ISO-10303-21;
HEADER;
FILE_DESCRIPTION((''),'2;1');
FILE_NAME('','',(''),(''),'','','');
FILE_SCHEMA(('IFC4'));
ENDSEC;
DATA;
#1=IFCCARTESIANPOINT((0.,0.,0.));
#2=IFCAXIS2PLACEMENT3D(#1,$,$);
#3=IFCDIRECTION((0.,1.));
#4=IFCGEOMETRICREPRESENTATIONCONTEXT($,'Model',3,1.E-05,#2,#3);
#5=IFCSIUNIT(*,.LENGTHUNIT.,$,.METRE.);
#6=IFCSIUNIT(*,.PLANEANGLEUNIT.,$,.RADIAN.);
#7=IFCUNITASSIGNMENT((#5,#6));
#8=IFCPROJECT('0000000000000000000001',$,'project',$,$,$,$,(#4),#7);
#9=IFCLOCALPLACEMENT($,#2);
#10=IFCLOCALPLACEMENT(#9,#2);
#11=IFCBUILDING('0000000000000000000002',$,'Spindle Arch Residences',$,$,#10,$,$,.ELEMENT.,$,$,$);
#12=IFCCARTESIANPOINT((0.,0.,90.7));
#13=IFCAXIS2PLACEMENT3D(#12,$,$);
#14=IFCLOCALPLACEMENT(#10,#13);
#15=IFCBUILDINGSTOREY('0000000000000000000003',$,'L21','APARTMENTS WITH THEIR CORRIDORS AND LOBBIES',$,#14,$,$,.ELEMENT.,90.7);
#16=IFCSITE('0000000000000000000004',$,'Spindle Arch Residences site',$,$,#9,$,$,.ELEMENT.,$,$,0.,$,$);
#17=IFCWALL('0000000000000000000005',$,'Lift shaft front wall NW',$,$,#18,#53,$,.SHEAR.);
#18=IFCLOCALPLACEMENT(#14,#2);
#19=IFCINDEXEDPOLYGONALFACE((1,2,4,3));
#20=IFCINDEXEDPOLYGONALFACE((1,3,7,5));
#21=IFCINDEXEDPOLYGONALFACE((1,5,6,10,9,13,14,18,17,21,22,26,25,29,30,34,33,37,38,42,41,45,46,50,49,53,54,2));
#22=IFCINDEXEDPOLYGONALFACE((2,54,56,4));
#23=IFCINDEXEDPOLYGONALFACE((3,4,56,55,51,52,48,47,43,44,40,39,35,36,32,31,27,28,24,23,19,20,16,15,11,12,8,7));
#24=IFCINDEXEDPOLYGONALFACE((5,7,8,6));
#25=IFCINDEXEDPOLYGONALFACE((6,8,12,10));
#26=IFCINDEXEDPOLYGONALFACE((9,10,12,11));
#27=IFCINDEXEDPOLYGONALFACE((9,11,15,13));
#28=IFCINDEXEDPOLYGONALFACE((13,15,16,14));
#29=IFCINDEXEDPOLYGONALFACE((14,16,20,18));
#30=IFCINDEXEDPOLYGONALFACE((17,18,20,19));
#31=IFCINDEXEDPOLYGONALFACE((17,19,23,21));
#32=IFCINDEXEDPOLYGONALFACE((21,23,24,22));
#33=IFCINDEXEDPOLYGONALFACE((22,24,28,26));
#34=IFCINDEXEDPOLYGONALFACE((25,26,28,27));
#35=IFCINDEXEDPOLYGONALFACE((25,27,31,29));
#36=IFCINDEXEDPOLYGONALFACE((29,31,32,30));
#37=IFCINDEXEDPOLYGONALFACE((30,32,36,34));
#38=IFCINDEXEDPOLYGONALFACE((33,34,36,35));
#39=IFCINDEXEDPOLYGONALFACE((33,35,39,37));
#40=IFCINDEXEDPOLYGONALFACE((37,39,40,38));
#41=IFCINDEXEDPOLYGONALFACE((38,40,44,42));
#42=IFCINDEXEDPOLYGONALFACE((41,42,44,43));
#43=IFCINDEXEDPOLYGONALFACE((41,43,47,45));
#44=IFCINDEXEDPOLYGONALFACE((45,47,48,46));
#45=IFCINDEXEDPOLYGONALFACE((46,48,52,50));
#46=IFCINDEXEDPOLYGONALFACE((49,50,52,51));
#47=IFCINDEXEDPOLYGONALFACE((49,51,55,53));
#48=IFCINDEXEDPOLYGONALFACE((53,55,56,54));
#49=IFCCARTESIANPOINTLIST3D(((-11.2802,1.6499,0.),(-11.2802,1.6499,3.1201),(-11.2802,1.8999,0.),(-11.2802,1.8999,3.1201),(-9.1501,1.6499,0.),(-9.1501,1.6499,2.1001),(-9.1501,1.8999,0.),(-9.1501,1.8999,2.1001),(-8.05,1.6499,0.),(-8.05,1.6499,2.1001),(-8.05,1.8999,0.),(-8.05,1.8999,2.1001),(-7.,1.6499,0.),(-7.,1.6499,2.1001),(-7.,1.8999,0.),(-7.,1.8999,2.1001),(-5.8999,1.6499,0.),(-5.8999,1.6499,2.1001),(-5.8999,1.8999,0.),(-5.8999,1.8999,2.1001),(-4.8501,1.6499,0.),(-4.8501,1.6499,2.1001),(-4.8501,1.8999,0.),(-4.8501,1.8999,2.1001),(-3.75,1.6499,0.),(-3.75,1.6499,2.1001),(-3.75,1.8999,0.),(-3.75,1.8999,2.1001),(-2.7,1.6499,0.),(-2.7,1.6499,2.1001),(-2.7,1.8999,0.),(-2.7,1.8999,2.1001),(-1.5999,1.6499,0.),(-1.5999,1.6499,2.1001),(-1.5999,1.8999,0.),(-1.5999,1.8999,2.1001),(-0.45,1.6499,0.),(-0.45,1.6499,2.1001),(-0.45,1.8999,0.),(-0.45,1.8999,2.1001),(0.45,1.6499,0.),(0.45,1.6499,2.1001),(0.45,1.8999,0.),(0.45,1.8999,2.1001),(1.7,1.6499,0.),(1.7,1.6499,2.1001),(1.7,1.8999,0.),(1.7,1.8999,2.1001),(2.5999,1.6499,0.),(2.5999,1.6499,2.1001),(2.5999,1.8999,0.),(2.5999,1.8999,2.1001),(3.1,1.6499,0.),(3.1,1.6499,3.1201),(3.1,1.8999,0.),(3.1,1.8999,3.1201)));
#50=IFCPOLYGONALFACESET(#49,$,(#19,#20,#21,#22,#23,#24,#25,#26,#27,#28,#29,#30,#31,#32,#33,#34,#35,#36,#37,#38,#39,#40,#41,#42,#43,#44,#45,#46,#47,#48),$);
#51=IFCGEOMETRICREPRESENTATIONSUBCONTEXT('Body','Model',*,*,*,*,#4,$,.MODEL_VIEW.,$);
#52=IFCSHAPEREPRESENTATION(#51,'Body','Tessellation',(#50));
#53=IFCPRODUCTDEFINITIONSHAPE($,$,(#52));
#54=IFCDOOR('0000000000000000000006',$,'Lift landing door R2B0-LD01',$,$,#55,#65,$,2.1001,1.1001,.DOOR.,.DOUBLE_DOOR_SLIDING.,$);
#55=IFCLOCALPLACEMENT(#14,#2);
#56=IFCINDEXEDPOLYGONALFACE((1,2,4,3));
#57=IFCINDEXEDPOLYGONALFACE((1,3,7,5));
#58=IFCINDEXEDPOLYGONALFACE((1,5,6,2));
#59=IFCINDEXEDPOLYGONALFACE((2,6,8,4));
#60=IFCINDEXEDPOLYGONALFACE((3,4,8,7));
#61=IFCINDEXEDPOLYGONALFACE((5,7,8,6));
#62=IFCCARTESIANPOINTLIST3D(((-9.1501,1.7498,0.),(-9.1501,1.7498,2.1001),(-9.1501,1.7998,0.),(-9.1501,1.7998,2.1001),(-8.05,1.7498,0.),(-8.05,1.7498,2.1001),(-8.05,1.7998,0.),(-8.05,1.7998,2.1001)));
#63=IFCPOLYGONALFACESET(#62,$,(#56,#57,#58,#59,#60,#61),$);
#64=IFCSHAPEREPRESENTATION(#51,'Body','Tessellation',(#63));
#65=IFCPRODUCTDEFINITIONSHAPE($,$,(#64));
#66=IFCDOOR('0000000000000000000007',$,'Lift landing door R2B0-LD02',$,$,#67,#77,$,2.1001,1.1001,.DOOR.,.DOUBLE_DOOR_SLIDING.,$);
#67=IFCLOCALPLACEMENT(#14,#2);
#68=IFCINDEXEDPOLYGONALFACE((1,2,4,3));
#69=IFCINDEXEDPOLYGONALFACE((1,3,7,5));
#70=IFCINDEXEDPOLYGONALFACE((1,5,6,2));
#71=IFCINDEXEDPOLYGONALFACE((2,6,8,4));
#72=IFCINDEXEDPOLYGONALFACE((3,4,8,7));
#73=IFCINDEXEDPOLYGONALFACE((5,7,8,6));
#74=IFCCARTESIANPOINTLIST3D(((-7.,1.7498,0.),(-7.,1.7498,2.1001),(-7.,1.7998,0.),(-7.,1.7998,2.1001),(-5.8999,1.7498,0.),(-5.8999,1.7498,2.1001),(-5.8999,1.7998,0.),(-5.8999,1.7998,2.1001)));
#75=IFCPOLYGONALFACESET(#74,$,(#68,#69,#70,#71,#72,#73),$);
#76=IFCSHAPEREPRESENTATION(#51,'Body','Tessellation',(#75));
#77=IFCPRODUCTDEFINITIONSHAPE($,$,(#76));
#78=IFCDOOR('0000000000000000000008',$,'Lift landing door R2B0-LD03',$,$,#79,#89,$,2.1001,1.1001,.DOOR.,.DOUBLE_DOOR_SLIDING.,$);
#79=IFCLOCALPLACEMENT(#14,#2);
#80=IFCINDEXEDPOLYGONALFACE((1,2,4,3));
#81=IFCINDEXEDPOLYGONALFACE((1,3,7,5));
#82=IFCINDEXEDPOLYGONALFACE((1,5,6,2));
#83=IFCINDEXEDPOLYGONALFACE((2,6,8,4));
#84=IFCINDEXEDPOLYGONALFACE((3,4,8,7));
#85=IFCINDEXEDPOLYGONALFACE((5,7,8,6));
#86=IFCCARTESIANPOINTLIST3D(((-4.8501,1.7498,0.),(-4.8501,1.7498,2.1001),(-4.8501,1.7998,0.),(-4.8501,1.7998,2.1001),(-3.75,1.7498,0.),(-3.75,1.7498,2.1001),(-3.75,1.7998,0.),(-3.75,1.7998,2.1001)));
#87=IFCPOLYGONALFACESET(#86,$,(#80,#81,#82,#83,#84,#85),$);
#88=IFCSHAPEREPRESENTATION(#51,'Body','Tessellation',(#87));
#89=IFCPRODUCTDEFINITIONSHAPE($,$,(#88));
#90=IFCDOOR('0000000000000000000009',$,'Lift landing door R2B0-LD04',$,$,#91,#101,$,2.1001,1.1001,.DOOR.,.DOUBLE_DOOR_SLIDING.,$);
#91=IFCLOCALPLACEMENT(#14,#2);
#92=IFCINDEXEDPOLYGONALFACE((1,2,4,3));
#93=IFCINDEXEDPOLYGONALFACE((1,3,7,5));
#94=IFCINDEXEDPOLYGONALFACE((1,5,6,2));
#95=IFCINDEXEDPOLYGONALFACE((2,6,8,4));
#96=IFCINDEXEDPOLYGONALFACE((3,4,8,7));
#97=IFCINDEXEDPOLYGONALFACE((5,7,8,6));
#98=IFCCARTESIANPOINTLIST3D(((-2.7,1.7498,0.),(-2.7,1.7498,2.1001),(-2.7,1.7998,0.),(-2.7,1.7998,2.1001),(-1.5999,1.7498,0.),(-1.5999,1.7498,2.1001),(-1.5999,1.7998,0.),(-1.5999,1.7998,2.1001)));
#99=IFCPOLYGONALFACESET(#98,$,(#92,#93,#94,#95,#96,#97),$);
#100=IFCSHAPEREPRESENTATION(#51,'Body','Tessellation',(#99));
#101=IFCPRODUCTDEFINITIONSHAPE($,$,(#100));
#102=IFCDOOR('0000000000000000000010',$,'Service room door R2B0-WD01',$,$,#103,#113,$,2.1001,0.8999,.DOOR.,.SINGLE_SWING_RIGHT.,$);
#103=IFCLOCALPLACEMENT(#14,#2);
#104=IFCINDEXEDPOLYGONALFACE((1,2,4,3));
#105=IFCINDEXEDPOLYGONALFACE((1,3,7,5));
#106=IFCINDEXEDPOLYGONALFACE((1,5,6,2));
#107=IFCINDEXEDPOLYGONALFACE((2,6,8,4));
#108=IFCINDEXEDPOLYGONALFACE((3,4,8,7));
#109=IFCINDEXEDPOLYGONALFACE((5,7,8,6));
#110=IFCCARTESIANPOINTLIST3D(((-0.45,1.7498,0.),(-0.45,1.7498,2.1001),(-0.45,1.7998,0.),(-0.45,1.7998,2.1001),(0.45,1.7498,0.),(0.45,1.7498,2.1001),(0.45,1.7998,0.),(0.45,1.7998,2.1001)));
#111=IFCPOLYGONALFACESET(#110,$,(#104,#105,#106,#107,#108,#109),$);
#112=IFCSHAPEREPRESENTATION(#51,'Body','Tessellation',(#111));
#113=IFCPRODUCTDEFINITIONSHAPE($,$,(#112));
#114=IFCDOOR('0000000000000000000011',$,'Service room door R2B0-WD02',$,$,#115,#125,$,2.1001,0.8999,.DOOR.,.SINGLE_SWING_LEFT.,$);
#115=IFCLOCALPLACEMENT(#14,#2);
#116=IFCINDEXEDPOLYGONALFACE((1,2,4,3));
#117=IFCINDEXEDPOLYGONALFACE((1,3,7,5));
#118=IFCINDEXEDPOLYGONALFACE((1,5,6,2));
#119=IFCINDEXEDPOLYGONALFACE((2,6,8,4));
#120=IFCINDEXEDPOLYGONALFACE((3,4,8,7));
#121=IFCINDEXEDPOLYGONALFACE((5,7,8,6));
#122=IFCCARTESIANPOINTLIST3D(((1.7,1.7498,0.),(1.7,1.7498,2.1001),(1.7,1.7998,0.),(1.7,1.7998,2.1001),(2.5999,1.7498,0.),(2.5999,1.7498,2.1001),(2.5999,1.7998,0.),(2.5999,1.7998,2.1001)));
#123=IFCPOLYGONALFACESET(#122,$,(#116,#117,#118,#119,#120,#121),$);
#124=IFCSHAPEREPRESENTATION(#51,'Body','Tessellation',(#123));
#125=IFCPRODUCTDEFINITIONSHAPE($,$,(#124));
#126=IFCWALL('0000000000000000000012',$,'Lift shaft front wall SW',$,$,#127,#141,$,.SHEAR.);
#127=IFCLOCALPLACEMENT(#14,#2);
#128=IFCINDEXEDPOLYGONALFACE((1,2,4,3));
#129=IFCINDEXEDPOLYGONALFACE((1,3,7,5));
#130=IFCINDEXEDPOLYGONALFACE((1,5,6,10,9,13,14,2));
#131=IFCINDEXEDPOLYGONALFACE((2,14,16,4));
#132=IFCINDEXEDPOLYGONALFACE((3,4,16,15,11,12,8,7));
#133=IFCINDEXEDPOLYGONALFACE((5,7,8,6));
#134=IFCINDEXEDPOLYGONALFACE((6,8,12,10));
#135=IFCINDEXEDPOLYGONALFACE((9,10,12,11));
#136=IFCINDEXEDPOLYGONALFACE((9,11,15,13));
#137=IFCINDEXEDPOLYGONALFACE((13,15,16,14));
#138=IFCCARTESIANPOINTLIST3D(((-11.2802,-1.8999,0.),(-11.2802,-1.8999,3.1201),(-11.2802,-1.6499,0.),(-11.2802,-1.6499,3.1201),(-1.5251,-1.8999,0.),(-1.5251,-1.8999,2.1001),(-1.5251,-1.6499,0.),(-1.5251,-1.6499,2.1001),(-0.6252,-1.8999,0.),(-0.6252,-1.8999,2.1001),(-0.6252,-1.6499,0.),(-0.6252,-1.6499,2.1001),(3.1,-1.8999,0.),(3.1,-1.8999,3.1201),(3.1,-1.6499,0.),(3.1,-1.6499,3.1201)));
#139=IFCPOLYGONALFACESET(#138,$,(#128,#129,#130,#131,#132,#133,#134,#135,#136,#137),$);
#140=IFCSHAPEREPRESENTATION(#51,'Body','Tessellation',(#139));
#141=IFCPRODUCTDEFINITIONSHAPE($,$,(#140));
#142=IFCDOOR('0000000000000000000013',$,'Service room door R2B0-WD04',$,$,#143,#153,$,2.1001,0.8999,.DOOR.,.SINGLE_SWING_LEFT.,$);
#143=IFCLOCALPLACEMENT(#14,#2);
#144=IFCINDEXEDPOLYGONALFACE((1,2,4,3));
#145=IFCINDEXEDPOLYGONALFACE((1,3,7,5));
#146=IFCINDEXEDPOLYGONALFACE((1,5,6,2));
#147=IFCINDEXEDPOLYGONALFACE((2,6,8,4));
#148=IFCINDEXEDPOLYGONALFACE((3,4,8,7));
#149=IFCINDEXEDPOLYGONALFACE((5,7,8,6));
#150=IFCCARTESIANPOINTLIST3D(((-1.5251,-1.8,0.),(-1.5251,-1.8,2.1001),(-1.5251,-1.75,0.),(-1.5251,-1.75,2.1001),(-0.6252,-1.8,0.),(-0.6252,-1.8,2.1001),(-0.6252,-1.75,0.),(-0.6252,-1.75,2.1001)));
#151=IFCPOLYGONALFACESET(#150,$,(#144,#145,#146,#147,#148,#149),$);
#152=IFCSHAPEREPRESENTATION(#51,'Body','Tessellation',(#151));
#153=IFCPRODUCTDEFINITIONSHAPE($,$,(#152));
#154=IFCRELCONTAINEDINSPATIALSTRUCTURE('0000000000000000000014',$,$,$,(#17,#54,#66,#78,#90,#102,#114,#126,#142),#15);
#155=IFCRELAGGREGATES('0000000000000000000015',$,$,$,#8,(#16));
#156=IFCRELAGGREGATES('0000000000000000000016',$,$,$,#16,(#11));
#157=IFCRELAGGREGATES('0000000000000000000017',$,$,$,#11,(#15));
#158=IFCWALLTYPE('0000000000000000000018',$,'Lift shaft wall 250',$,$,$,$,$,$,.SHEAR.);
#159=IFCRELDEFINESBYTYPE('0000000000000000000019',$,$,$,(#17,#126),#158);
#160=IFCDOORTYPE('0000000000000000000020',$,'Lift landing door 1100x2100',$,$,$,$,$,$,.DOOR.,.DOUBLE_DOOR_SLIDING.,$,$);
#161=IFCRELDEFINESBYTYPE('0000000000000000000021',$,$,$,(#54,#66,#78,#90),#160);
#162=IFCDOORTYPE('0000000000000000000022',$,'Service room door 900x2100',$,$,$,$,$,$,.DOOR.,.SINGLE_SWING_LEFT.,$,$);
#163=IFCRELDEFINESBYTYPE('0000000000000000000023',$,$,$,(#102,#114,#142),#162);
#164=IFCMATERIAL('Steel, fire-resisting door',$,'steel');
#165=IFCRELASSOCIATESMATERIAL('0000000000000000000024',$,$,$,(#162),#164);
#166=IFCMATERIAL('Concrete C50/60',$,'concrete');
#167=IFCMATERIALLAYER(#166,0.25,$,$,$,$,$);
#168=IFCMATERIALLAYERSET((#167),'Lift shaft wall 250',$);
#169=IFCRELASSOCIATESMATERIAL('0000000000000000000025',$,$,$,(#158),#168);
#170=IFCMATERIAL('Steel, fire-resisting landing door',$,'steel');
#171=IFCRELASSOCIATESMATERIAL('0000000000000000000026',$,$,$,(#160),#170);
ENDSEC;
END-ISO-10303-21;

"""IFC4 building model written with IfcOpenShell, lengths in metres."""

from ifc_helpers import new_model, si_unit, direction, frame, frame_2d, origin, place, context, subcontext, project, spatial, rectangle, extrude, material, layer, layer_set, type_object, element, fill, save


model = new_model("IFC4")

# Units and contexts
model_context = context("Model", 3, precision=1e-05, world=origin(), true_north=direction((0.0, 1.0)))
body_context = subcontext(model_context, "Body", "Model", "MODEL_VIEW")
ifc_project = project(units=[si_unit("LENGTHUNIT", "METRE"), si_unit("PLANEANGLEUNIT", "RADIAN")], contexts=[model_context])

# Site, building, storey
site_placement = place(None, origin())
site = spatial("IfcSite", under=ifc_project, at=site_placement, Name="Spindle Arch Residences site", CompositionType="ELEMENT", RefElevation=0.0)
building_placement = place(site_placement, origin())
building = spatial("IfcBuilding", under=site, at=building_placement, Name="Spindle Arch Residences", CompositionType="ELEMENT")
storey_placement = place(building_placement, frame((0.0, 0.0, 90.7)))
storey = spatial("IfcBuildingStorey", under=building, at=storey_placement, Name="L21", Description="APARTMENTS WITH THEIR CORRIDORS AND LOBBIES", CompositionType="ELEMENT", Elevation=90.7)

# Shared definitions
ifc_material_1 = material(Name="Steel, fire-resisting door", Category="steel")
door_type_1 = type_object("IfcDoorType", Name="Service room door 900x2100", OperationType="SINGLE_SWING_LEFT", PredefinedType="DOOR", material=ifc_material_1)

# Wall, openings, doors
ifc_material_2 = material(Name="Concrete C50/60", Category="concrete")
ifc_layer_1 = layer(ifc_material_2, 0.25)
ifc_layer_set_1 = layer_set([ifc_layer_1], Name="Lift shaft wall 250")
wall_type_1 = type_object("IfcWallType", Name="Lift shaft wall 250", PredefinedType="SHEAR", material=ifc_layer_set_1)
wall_1_placement = place(storey_placement, frame((-11.28, 1.7749, 0.0), z_axis=(0.0, 0.0, 1.0), x_axis=(1.0, 0.0, 0.0)))
wall_1 = element("IfcWall", 1, at=wall_1_placement, inside=storey, type_object=wall_type_1, Name="Lift shaft front wall NW", PredefinedType="SHEAR", context=body_context, shape_type="SweptSolid", body=[
    extrude(rectangle(XDim=14.3801, YDim=0.25, at=frame_2d((7.1899, 0.0))), origin(), (0.0, 0.0, 1.0), 3.1201),
])
opening_1_placement = place(wall_1_placement, frame((2.1299, 0.0, 0.0)))
opening_1 = element("IfcOpeningElement", 2, at=opening_1_placement, cuts=wall_1, PredefinedType="OPENING", context=body_context, shape_type="SweptSolid", body=[
    extrude(rectangle(XDim=1.1001, YDim=2.1001, at=frame_2d((0.55, 1.05))), frame((0.0, 0.135, 0.0), z_axis=(0.0, -1.0, 0.0), x_axis=(1.0, 0.0, 0.0)), (0.0, 0.0, 1.0), 0.27),
])
opening_2_placement = place(wall_1_placement, frame((4.28, 0.0, 0.0)))
opening_2 = element("IfcOpeningElement", 3, at=opening_2_placement, cuts=wall_1, PredefinedType="OPENING", context=body_context, shape_type="SweptSolid", body=[
    extrude(rectangle(XDim=1.1001, YDim=2.1001, at=frame_2d((0.55, 1.05))), frame((0.0, 0.135, 0.0), z_axis=(0.0, -1.0, 0.0), x_axis=(1.0, 0.0, 0.0)), (0.0, 0.0, 1.0), 0.27),
])
opening_3_placement = place(wall_1_placement, frame((6.4299, 0.0, 0.0)))
opening_3 = element("IfcOpeningElement", 4, at=opening_3_placement, cuts=wall_1, PredefinedType="OPENING", context=body_context, shape_type="SweptSolid", body=[
    extrude(rectangle(XDim=1.1001, YDim=2.1001, at=frame_2d((0.55, 1.05))), frame((0.0, 0.135, 0.0), z_axis=(0.0, -1.0, 0.0), x_axis=(1.0, 0.0, 0.0)), (0.0, 0.0, 1.0), 0.27),
])
opening_4_placement = place(wall_1_placement, frame((8.5801, 0.0, 0.0)))
opening_4 = element("IfcOpeningElement", 5, at=opening_4_placement, cuts=wall_1, PredefinedType="OPENING", context=body_context, shape_type="SweptSolid", body=[
    extrude(rectangle(XDim=1.1001, YDim=2.1001, at=frame_2d((0.55, 1.05))), frame((0.0, 0.135, 0.0), z_axis=(0.0, -1.0, 0.0), x_axis=(1.0, 0.0, 0.0)), (0.0, 0.0, 1.0), 0.27),
])
opening_5_placement = place(wall_1_placement, frame((10.8301, 0.0, 0.0)))
opening_5 = element("IfcOpeningElement", 6, at=opening_5_placement, cuts=wall_1, PredefinedType="OPENING", context=body_context, shape_type="SweptSolid", body=[
    extrude(rectangle(XDim=0.8999, YDim=2.1001, at=frame_2d((0.45, 1.05))), frame((0.0, 0.135, 0.0), z_axis=(0.0, -1.0, 0.0), x_axis=(1.0, 0.0, 0.0)), (0.0, 0.0, 1.0), 0.27),
])
opening_6_placement = place(wall_1_placement, frame((12.98, 0.0, 0.0)))
opening_6 = element("IfcOpeningElement", 7, at=opening_6_placement, cuts=wall_1, PredefinedType="OPENING", context=body_context, shape_type="SweptSolid", body=[
    extrude(rectangle(XDim=0.8999, YDim=2.1001, at=frame_2d((0.45, 1.05))), frame((0.0, 0.135, 0.0), z_axis=(0.0, -1.0, 0.0), x_axis=(1.0, 0.0, 0.0)), (0.0, 0.0, 1.0), 0.27),
])
ifc_material_3 = material(Name="Steel, fire-resisting landing door", Category="steel")
door_type_2 = type_object("IfcDoorType", Name="Lift landing door 1100x2100", OperationType="DOUBLE_DOOR_SLIDING", PredefinedType="DOOR", material=ifc_material_3)
door_1_placement = place(opening_1_placement, origin())
door_1 = element("IfcDoor", 8, at=door_1_placement, inside=storey, type_object=door_type_2, Name="Lift landing door R2B0-LD01", OperationType="DOUBLE_DOOR_SLIDING", OverallHeight=2.1001, OverallWidth=1.1001, PredefinedType="DOOR", context=body_context, shape_type="SweptSolid", body=[
    extrude(rectangle(XDim=1.1001, YDim=2.1001, at=frame_2d((0.55, 1.05))), frame((0.0, 0.0249, 0.0), z_axis=(0.0, -1.0, 0.0), x_axis=(1.0, 0.0, 0.0)), (0.0, 0.0, 1.0), 0.05),
])
fill(opening_1, door_1)
door_2_placement = place(opening_2_placement, origin())
door_2 = element("IfcDoor", 9, at=door_2_placement, inside=storey, type_object=door_type_2, Name="Lift landing door R2B0-LD02", OperationType="DOUBLE_DOOR_SLIDING", OverallHeight=2.1001, OverallWidth=1.1001, PredefinedType="DOOR", context=body_context, shape_type="SweptSolid", body=[
    extrude(rectangle(XDim=1.1001, YDim=2.1001, at=frame_2d((0.55, 1.05))), frame((0.0, 0.0249, 0.0), z_axis=(0.0, -1.0, 0.0), x_axis=(1.0, 0.0, 0.0)), (0.0, 0.0, 1.0), 0.05),
])
fill(opening_2, door_2)
door_3_placement = place(opening_3_placement, origin())
door_3 = element("IfcDoor", 10, at=door_3_placement, inside=storey, type_object=door_type_2, Name="Lift landing door R2B0-LD03", OperationType="DOUBLE_DOOR_SLIDING", OverallHeight=2.1001, OverallWidth=1.1001, PredefinedType="DOOR", context=body_context, shape_type="SweptSolid", body=[
    extrude(rectangle(XDim=1.1001, YDim=2.1001, at=frame_2d((0.55, 1.05))), frame((0.0, 0.0249, 0.0), z_axis=(0.0, -1.0, 0.0), x_axis=(1.0, 0.0, 0.0)), (0.0, 0.0, 1.0), 0.05),
])
fill(opening_3, door_3)
door_4_placement = place(opening_4_placement, origin())
door_4 = element("IfcDoor", 11, at=door_4_placement, inside=storey, type_object=door_type_2, Name="Lift landing door R2B0-LD04", OperationType="DOUBLE_DOOR_SLIDING", OverallHeight=2.1001, OverallWidth=1.1001, PredefinedType="DOOR", context=body_context, shape_type="SweptSolid", body=[
    extrude(rectangle(XDim=1.1001, YDim=2.1001, at=frame_2d((0.55, 1.05))), frame((0.0, 0.0249, 0.0), z_axis=(0.0, -1.0, 0.0), x_axis=(1.0, 0.0, 0.0)), (0.0, 0.0, 1.0), 0.05),
])
fill(opening_4, door_4)
door_5_placement = place(opening_5_placement, origin())
door_5 = element("IfcDoor", 12, at=door_5_placement, inside=storey, type_object=door_type_1, Name="Service room door R2B0-WD01", OperationType="SINGLE_SWING_RIGHT", OverallHeight=2.1001, OverallWidth=0.8999, PredefinedType="DOOR", context=body_context, shape_type="SweptSolid", body=[
    extrude(rectangle(XDim=0.8999, YDim=2.1001, at=frame_2d((0.45, 1.05))), frame((0.0, 0.0249, 0.0), z_axis=(0.0, -1.0, 0.0), x_axis=(1.0, 0.0, 0.0)), (0.0, 0.0, 1.0), 0.05),
])
fill(opening_5, door_5)
door_6_placement = place(opening_6_placement, origin())
door_6 = element("IfcDoor", 13, at=door_6_placement, inside=storey, type_object=door_type_1, Name="Service room door R2B0-WD02", OperationType="SINGLE_SWING_LEFT", OverallHeight=2.1001, OverallWidth=0.8999, PredefinedType="DOOR", context=body_context, shape_type="SweptSolid", body=[
    extrude(rectangle(XDim=0.8999, YDim=2.1001, at=frame_2d((0.45, 1.05))), frame((0.0, 0.0249, 0.0), z_axis=(0.0, -1.0, 0.0), x_axis=(1.0, 0.0, 0.0)), (0.0, 0.0, 1.0), 0.05),
])
fill(opening_6, door_6)

# Wall, opening, door
wall_2_placement = place(storey_placement, frame((-11.28, -1.7749, 0.0), z_axis=(0.0, 0.0, 1.0), x_axis=(1.0, 0.0, 0.0)))
wall_2 = element("IfcWall", 14, at=wall_2_placement, inside=storey, type_object=wall_type_1, Name="Lift shaft front wall SW", PredefinedType="SHEAR", context=body_context, shape_type="SweptSolid", body=[
    extrude(rectangle(XDim=14.3801, YDim=0.25, at=frame_2d((7.1899, 0.0))), origin(), (0.0, 0.0, 1.0), 3.1201),
])
opening_7_placement = place(wall_2_placement, frame((9.7549, 0.0, 0.0)))
opening_7 = element("IfcOpeningElement", 15, at=opening_7_placement, cuts=wall_2, PredefinedType="OPENING", context=body_context, shape_type="SweptSolid", body=[
    extrude(rectangle(XDim=0.8999, YDim=2.1001, at=frame_2d((0.45, 1.05))), frame((0.0, 0.135, 0.0), z_axis=(0.0, -1.0, 0.0), x_axis=(1.0, 0.0, 0.0)), (0.0, 0.0, 1.0), 0.27),
])
door_7_placement = place(opening_7_placement, origin())
door_7 = element("IfcDoor", 16, at=door_7_placement, inside=storey, type_object=door_type_1, Name="Service room door R2B0-WD04", OperationType="SINGLE_SWING_LEFT", OverallHeight=2.1001, OverallWidth=0.8999, PredefinedType="DOOR", context=body_context, shape_type="SweptSolid", body=[
    extrude(rectangle(XDim=0.8999, YDim=2.1001, at=frame_2d((0.45, 1.05))), frame((0.0, 0.0249, 0.0), z_axis=(0.0, -1.0, 0.0), x_axis=(1.0, 0.0, 0.0)), (0.0, 0.0, 1.0), 0.05),
])
fill(opening_7, door_7)

save(model, "model.ifc")
